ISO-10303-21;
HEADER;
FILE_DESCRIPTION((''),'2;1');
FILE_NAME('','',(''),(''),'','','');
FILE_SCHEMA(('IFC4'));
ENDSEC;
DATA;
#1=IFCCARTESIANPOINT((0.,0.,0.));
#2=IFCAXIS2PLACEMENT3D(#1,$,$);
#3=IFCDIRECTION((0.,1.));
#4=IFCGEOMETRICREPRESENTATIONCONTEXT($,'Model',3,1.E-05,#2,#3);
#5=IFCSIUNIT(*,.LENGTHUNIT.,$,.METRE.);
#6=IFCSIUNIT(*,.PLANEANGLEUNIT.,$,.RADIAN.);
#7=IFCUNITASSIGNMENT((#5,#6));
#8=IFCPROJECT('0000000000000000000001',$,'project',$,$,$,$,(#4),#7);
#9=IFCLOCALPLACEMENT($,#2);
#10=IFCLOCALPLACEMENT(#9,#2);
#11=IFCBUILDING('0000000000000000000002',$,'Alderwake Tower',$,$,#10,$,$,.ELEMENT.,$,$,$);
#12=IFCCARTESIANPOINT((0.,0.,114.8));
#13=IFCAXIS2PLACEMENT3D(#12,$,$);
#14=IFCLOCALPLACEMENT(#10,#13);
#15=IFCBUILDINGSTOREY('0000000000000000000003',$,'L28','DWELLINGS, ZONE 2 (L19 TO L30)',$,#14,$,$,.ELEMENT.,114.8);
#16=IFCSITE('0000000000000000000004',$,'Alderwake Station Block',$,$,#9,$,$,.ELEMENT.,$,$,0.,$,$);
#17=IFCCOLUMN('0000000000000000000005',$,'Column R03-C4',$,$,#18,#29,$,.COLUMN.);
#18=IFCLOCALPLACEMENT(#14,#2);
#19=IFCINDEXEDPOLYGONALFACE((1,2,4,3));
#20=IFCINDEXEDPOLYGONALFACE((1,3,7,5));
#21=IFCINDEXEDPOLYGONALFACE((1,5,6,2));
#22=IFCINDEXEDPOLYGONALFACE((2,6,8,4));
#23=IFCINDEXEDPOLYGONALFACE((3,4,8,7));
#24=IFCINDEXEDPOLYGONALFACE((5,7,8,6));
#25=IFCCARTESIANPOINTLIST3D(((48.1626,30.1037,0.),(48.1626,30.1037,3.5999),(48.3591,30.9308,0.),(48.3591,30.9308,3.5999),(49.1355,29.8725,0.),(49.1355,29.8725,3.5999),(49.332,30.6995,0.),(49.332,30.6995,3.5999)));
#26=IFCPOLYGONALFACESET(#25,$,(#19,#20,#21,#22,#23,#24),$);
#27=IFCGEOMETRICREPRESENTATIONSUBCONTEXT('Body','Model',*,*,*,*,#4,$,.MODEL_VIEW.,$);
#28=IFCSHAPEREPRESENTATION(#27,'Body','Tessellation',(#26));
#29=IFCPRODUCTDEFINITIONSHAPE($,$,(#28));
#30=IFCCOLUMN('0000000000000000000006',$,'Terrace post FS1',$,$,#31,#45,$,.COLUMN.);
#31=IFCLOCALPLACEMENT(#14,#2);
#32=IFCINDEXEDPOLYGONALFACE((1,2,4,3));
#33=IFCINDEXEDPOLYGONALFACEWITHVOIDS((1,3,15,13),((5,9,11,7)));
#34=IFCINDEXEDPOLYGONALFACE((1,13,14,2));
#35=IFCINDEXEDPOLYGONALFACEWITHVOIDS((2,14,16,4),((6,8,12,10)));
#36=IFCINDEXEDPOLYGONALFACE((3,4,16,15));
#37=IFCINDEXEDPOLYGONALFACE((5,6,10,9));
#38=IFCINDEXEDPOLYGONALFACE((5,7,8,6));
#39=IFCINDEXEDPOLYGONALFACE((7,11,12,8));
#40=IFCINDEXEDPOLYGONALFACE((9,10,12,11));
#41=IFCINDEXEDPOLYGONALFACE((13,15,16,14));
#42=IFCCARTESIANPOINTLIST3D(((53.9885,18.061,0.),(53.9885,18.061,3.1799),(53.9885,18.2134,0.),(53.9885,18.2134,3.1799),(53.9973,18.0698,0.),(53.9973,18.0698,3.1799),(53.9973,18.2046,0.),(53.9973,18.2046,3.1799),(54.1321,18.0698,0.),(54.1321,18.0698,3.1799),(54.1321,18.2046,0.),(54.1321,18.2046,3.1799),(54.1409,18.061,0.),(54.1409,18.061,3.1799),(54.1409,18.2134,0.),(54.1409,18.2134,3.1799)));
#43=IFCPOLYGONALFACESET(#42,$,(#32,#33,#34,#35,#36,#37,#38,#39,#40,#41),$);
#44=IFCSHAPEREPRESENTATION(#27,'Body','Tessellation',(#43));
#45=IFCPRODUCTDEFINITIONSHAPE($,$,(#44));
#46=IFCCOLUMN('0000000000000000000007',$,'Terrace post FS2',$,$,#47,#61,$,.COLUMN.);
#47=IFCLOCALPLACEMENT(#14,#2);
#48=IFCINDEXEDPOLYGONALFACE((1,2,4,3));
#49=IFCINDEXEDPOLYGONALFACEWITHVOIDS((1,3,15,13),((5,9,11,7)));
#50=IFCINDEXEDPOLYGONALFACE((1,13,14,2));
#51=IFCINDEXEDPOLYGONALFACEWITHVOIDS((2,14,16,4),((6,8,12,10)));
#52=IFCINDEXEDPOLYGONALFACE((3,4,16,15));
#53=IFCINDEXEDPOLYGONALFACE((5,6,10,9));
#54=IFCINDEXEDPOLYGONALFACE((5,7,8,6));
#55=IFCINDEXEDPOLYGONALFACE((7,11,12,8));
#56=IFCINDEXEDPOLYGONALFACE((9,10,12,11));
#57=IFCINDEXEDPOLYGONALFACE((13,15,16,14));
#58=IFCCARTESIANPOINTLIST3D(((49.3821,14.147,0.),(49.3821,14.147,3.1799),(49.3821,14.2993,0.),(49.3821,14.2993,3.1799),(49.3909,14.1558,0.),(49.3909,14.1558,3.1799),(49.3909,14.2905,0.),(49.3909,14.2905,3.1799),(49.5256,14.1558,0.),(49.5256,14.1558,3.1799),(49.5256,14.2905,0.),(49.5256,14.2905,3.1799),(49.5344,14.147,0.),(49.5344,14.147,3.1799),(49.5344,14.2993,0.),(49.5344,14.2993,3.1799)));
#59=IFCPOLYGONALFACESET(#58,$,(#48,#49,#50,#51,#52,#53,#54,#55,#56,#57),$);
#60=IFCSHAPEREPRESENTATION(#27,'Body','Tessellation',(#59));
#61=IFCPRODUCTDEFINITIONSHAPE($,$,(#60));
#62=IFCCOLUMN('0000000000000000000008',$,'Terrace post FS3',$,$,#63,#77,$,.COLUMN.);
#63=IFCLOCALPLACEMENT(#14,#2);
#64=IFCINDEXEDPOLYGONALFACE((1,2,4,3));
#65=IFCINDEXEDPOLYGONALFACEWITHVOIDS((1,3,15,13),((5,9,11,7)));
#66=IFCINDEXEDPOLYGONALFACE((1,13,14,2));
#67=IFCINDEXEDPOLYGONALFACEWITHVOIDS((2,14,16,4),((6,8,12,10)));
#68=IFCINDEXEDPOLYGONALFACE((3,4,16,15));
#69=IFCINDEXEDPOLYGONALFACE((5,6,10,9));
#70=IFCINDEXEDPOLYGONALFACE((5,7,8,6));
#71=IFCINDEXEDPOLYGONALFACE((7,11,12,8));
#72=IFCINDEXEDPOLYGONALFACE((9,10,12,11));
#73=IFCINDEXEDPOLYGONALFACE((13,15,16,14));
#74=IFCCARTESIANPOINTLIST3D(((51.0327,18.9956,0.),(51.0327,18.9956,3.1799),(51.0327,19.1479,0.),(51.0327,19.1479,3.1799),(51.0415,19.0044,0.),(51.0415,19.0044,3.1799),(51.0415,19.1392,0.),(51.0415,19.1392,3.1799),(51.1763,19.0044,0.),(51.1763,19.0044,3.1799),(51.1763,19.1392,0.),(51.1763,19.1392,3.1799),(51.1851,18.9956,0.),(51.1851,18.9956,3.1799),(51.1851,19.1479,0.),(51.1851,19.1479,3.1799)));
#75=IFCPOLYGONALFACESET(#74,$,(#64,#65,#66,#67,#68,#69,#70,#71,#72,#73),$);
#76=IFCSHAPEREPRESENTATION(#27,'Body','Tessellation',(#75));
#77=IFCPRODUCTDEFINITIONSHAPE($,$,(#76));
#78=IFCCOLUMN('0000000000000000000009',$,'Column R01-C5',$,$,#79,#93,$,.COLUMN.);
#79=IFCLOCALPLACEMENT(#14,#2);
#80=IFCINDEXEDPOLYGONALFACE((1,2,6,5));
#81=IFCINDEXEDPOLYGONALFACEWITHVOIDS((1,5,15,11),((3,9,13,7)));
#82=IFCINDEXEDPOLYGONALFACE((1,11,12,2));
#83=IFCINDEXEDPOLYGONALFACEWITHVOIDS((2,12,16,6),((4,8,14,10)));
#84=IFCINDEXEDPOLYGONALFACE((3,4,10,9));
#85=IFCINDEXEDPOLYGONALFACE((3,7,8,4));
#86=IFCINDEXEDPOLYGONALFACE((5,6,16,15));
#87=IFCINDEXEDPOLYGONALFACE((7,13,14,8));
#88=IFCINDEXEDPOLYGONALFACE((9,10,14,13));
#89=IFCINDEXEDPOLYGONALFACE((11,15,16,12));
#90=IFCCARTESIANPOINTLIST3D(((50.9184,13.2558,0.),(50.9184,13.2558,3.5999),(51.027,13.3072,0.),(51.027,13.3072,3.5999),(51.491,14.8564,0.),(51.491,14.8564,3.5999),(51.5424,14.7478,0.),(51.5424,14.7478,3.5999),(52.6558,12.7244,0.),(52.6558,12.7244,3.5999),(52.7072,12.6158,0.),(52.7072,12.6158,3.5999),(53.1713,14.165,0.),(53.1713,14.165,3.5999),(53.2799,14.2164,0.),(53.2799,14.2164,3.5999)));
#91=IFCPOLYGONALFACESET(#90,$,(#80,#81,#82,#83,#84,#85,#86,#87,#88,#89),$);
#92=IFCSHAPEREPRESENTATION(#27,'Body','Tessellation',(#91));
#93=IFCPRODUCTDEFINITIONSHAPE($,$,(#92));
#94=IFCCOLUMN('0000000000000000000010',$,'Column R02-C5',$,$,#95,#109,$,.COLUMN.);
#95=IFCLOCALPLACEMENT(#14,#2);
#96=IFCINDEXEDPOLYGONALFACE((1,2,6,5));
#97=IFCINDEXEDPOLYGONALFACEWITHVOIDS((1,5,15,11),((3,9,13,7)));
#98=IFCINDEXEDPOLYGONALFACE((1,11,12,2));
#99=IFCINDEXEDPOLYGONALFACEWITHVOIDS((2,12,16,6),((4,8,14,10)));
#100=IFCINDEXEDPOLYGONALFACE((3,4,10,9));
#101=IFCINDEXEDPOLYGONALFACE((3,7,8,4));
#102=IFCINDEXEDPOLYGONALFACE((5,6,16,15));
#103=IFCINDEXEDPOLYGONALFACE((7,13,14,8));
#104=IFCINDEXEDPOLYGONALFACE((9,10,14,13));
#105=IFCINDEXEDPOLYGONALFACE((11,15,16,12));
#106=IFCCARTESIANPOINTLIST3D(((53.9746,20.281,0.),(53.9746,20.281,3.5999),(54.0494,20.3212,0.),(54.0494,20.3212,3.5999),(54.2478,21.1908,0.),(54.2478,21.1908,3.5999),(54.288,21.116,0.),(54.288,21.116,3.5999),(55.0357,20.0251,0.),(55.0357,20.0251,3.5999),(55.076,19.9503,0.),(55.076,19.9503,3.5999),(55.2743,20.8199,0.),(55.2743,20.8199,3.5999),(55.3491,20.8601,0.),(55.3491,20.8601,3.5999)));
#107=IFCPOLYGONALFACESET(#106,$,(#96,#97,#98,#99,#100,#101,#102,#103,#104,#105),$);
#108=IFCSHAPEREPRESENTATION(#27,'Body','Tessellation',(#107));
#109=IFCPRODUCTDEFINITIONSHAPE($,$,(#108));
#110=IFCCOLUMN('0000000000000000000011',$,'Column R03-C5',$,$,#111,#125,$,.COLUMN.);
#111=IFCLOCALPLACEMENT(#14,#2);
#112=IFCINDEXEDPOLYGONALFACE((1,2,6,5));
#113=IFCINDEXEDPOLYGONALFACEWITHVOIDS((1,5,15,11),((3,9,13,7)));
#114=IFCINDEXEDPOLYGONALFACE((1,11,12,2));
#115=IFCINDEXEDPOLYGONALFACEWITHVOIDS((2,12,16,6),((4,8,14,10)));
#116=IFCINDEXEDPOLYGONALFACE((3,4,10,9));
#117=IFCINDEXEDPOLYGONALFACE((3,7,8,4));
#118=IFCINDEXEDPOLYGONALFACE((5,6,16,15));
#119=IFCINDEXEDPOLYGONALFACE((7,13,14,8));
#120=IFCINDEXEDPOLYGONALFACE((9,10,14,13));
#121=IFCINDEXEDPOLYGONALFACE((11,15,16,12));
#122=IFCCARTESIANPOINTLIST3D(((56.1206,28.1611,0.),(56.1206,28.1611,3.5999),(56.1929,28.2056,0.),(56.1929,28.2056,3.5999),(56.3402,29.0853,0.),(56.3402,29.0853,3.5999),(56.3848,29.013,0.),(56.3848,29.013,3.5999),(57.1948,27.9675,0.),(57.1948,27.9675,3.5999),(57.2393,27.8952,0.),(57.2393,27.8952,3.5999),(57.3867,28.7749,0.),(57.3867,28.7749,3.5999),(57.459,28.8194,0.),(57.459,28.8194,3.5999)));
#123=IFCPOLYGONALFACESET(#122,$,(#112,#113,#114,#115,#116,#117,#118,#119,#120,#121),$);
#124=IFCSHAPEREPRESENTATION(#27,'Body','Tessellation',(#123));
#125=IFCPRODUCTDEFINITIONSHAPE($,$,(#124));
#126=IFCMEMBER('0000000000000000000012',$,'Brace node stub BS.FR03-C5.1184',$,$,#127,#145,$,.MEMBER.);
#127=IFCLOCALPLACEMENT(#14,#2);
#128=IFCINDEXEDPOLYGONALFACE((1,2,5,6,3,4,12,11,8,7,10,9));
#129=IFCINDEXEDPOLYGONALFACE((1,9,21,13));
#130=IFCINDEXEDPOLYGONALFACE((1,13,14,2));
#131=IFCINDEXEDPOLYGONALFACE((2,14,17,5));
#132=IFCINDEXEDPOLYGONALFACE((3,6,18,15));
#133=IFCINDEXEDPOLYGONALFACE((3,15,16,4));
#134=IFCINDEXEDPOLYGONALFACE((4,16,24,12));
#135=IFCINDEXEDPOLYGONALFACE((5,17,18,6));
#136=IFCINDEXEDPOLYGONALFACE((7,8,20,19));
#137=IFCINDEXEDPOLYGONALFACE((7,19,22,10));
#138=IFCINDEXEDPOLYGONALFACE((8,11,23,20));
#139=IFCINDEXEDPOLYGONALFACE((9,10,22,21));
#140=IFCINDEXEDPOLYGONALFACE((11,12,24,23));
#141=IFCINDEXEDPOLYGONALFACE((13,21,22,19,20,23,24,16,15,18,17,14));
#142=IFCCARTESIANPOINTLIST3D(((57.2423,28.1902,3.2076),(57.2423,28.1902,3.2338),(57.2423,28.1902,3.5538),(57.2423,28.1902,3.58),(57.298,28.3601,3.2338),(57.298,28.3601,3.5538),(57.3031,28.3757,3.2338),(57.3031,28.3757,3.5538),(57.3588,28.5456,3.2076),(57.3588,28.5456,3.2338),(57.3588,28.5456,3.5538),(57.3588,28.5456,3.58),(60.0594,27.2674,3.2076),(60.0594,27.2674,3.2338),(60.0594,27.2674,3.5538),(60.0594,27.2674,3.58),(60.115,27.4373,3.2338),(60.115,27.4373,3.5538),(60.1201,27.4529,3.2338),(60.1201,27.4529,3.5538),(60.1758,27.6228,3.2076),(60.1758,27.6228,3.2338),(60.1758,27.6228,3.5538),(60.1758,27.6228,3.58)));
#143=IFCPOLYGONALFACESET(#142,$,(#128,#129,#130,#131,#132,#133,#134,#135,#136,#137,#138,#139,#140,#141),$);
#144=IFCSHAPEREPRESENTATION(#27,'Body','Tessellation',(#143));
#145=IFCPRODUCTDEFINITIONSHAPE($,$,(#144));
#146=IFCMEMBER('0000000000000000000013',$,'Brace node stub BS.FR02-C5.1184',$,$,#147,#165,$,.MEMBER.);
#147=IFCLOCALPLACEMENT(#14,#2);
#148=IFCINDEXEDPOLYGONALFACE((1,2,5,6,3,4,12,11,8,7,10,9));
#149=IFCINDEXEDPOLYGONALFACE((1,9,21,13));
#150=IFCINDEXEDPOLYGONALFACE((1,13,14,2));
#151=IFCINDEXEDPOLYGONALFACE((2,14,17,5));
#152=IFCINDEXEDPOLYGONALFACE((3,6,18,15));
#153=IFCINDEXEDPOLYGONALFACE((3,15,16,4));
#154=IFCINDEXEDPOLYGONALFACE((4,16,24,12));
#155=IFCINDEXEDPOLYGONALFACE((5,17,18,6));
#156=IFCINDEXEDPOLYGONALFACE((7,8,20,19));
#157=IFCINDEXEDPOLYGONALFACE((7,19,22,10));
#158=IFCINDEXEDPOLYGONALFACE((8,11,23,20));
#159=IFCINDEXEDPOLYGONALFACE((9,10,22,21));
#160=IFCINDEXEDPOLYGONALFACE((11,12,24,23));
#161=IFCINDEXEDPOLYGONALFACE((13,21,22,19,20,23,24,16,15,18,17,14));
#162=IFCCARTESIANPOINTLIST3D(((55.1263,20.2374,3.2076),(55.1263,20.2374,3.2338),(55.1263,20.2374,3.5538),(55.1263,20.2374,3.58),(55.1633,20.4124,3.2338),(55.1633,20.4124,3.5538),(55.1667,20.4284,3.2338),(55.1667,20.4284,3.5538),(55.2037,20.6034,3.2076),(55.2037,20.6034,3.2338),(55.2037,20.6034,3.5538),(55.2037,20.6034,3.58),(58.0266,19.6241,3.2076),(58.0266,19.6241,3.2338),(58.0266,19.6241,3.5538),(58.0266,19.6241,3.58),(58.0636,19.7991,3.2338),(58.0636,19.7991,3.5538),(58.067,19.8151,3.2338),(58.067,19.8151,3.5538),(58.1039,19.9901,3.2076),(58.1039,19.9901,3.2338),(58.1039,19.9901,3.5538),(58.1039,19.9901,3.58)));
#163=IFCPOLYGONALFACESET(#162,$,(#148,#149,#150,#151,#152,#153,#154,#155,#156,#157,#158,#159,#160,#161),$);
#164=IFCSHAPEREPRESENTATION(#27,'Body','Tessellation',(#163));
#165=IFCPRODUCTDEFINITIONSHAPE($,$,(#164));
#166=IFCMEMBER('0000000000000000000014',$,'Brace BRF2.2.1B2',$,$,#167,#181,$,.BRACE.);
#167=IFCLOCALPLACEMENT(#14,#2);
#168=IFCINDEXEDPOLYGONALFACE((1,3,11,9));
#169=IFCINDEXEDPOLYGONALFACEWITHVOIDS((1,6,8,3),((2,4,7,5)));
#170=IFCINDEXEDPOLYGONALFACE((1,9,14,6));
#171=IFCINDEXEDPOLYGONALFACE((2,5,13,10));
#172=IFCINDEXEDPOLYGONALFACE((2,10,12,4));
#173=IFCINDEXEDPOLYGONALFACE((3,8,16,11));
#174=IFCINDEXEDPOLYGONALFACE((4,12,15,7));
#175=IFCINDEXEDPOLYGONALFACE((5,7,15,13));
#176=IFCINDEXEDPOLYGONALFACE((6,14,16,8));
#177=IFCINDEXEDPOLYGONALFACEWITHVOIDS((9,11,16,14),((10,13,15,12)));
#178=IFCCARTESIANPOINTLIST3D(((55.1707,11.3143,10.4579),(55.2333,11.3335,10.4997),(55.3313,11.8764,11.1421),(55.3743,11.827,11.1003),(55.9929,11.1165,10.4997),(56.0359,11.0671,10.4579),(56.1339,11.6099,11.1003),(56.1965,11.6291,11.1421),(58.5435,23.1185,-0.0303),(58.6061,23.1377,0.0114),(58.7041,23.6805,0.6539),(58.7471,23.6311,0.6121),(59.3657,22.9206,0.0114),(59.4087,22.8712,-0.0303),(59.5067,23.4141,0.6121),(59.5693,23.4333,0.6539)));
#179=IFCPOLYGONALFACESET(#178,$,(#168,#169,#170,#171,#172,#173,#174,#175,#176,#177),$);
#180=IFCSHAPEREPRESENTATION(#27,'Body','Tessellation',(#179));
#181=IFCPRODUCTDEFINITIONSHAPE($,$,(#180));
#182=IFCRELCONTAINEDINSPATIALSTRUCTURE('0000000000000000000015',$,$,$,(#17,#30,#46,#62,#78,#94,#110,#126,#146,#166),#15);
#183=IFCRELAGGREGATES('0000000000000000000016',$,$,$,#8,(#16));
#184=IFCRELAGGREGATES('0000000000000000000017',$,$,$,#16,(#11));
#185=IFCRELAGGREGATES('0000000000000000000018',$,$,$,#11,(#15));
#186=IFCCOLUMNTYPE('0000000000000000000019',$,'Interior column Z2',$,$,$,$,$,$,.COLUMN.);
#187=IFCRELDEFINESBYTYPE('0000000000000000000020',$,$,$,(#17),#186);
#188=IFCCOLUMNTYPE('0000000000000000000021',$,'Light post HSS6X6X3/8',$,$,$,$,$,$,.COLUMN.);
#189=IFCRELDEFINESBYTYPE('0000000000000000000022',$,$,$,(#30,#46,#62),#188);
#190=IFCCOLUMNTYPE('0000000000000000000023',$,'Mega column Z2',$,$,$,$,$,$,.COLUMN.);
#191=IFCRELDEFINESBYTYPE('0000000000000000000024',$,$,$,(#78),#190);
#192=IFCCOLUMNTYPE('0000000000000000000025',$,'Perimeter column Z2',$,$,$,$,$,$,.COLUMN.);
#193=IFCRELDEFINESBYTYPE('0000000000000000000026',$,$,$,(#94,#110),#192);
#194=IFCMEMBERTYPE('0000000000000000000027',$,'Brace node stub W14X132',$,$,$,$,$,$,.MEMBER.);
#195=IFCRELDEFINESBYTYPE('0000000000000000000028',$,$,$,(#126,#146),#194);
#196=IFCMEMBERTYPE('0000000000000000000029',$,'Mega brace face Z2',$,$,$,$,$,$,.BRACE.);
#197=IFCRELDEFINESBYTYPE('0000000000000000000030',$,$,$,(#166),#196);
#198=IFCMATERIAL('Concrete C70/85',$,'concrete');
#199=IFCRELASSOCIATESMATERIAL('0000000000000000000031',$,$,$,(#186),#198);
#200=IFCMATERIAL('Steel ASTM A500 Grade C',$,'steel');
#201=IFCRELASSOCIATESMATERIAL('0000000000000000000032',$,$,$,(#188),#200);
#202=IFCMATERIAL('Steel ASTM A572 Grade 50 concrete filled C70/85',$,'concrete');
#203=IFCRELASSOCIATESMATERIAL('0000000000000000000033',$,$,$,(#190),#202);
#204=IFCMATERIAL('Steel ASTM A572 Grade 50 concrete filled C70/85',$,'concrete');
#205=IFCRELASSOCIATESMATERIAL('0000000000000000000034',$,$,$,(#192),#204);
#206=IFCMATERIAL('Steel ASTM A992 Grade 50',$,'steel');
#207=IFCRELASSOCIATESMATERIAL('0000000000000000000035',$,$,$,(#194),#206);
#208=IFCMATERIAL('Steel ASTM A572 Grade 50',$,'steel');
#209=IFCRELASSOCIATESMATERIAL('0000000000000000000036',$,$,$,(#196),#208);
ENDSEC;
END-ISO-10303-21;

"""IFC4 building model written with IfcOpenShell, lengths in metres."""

from ifc_helpers import new_model, si_unit, direction, frame, origin, origin_2d, place, context, subcontext, project, spatial, rectangle, hollow_rectangle, i_section, extrude, material, material_profile, profile_set, type_object, element, save


model = new_model("IFC4")

# Units and contexts
model_context = context("Model", 3, precision=1e-05, world=origin(), true_north=direction((0.0, 1.0)))
body_context = subcontext(model_context, "Body", "Model", "MODEL_VIEW")
ifc_project = project(units=[si_unit("LENGTHUNIT", "METRE"), si_unit("PLANEANGLEUNIT", "RADIAN")], contexts=[model_context])

# Site, building, storey
site_placement = place(None, origin())
site = spatial("IfcSite", under=ifc_project, at=site_placement, Name="Alderwake Station Block", CompositionType="ELEMENT", RefElevation=0.0)
building_placement = place(site_placement, origin())
building = spatial("IfcBuilding", under=site, at=building_placement, Name="Alderwake Tower", CompositionType="ELEMENT")
storey_placement = place(building_placement, frame((0.0, 0.0, 114.8)))
storey = spatial("IfcBuildingStorey", under=building, at=storey_placement, Name="L28", Description="DWELLINGS, ZONE 2 (L19 TO L30)", CompositionType="ELEMENT", Elevation=114.8)

# Columns
ifc_material_1 = material(Name="Concrete C70/85", Category="concrete")
ifc_material_profile_1 = material_profile(ifc_material_1, rectangle(XDim=0.8501, YDim=1.0, at=origin_2d()), Name="RC 1000X850")
ifc_profile_set_1 = profile_set([ifc_material_profile_1], Name="Concrete C70/85")
column_type_1 = type_object("IfcColumnType", Name="Interior column Z2", PredefinedType="COLUMN", material=ifc_profile_set_1)
column_1_placement = place(storey_placement, frame((48.7473, 30.4016, 0.0), z_axis=(0.0, 0.0, 1.0), x_axis=(0.231222, 0.972901, 0.0)))
element("IfcColumn", 1, at=column_1_placement, inside=storey, type_object=column_type_1, Name="Column R03-C4", PredefinedType="COLUMN", context=body_context, shape_type="SweptSolid", body=[
    extrude(rectangle(XDim=0.8501, YDim=1.0, at=origin_2d()), origin(), (0.0, 0.0, 1.0), 3.5999),
])
ifc_material_2 = material(Name="Steel ASTM A500 Grade C", Category="steel")
ifc_material_profile_2 = material_profile(ifc_material_2, hollow_rectangle(XDim=0.1523, YDim=0.1523, WallThickness=0.0088, at=origin_2d()), Name="HSS6X6X3/8")
ifc_profile_set_2 = profile_set([ifc_material_profile_2], Name="Steel ASTM A500 Grade C")
column_type_2 = type_object("IfcColumnType", Name="Light post HSS6X6X3/8", PredefinedType="COLUMN", material=ifc_profile_set_2)
for number, where, z_axis, x_axis, name in (
    (2, (54.0647, 18.1372, 0.0), (0.0, 0.0, 1.0), (1.0, 0.0, 0.0), "Terrace post FS1"),
    (3, (49.4583, 14.2231, 0.0), (0.0, 0.0, 1.0), (1.0, 0.0, 0.0), "Terrace post FS2"),
    (4, (51.1089, 19.0718, 0.0), (0.0, 0.0, 1.0), (1.0, 0.0, 0.0), "Terrace post FS3"),
):
    element("IfcColumn", number, at=place(storey_placement, frame(where, z_axis=z_axis, x_axis=x_axis)), inside=storey, type_object=column_type_2, Name=name, PredefinedType="COLUMN", context=body_context, shape_type="SweptSolid", body=[
        extrude(hollow_rectangle(XDim=0.1523, YDim=0.1523, WallThickness=0.0088, at=origin_2d()), origin(), (0.0, 0.0, 1.0), 3.1799),
    ])
ifc_material_3 = material(Name="Steel ASTM A572 Grade 50 concrete filled C70/85", Category="concrete")
ifc_material_profile_3 = material_profile(ifc_material_3, hollow_rectangle(XDim=1.7, YDim=1.8999, WallThickness=0.085, at=origin_2d()), Name="BOX 1900X1700X85")
ifc_profile_set_3 = profile_set([ifc_material_profile_3], Name="Steel ASTM A572 Grade 50 concrete filled C70/85")
column_type_3 = type_object("IfcColumnType", Name="Mega column Z2", PredefinedType="COLUMN", material=ifc_profile_set_3)
column_2_placement = place(storey_placement, frame((52.0991, 13.7361, 0.0), z_axis=(0.0, 0.0, 1.0), x_axis=(0.336878, 0.941548, 0.0)))
element("IfcColumn", 5, at=column_2_placement, inside=storey, type_object=column_type_3, Name="Column R01-C5", PredefinedType="COLUMN", context=body_context, shape_type="SweptSolid", body=[
    extrude(hollow_rectangle(XDim=1.7, YDim=1.8999, WallThickness=0.085, at=origin_2d()), origin(), (0.0, 0.0, 1.0), 3.5999),
])
ifc_material_4 = material(Name="Steel ASTM A572 Grade 50 concrete filled C70/85", Category="concrete")
ifc_material_profile_4 = material_profile(ifc_material_4, hollow_rectangle(XDim=0.95, YDim=1.1499, WallThickness=0.0601, at=origin_2d()), Name="BOX 1150X950X60")
ifc_profile_set_4 = profile_set([ifc_material_profile_4], Name="Steel ASTM A572 Grade 50 concrete filled C70/85")
column_type_4 = type_object("IfcColumnType", Name="Perimeter column Z2", PredefinedType="COLUMN", material=ifc_profile_set_4)
for number, where, z_axis, x_axis, name in (
    (6, (54.6619, 20.5706, 0.0), (0.0, 0.0, 1.0), (0.287549, 0.957766, 0.0), "Column R02-C5"),
    (7, (56.7898, 28.4902, 0.0), (0.0, 0.0, 1.0), (0.231222, 0.972901, 0.0), "Column R03-C5"),
):
    element("IfcColumn", number, at=place(storey_placement, frame(where, z_axis=z_axis, x_axis=x_axis)), inside=storey, type_object=column_type_4, Name=name, PredefinedType="COLUMN", context=body_context, shape_type="SweptSolid", body=[
        extrude(hollow_rectangle(XDim=0.95, YDim=1.1499, WallThickness=0.0601, at=origin_2d()), origin(), (0.0, 0.0, 1.0), 3.5999),
    ])

# Members
ifc_material_5 = material(Name="Steel ASTM A992 Grade 50", Category="steel")
ifc_material_profile_5 = material_profile(ifc_material_5, i_section(OverallWidth=0.374, OverallDepth=0.3723, WebThickness=0.0164, FlangeThickness=0.0261, at=origin_2d()), Name="W14X132")
ifc_profile_set_5 = profile_set([ifc_material_profile_5], Name="Steel ASTM A992 Grade 50")
member_type_1 = type_object("IfcMemberType", Name="Brace node stub W14X132", PredefinedType="MEMBER", material=ifc_profile_set_5)
for number, where, z_axis, x_axis, name in (
    (8, (57.3005, 28.3679, 3.3938), (0.950309, -0.311307, 0.0), (0.311307, 0.950309, 0.0), "Brace node stub BS.FR03-C5.1184"),
    (9, (55.165, 20.4204, 3.3938), (0.978364, -0.20689, 0.0), (0.20689, 0.978364, 0.0), "Brace node stub BS.FR02-C5.1184"),
):
    element("IfcMember", number, at=place(storey_placement, frame(where, z_axis=z_axis, x_axis=x_axis)), inside=storey, type_object=member_type_1, Name=name, PredefinedType="MEMBER", context=body_context, shape_type="SweptSolid", body=[
        extrude(i_section(OverallWidth=0.374, OverallDepth=0.3723, WebThickness=0.0164, FlangeThickness=0.0261, at=origin_2d()), origin(), (0.0, 0.0, 1.0), 2.9644),
    ])
ifc_material_6 = material(Name="Steel ASTM A572 Grade 50", Category="steel")
ifc_material_profile_6 = material_profile(ifc_material_6, hollow_rectangle(XDim=0.8999, YDim=0.8999, WallThickness=0.0549, at=origin_2d()), Name="BOX 900X900X55")
ifc_profile_set_6 = profile_set([ifc_material_profile_6], Name="Steel ASTM A572 Grade 50")
member_type_2 = type_object("IfcMemberType", Name="Mega brace face Z2", PredefinedType="BRACE", material=ifc_profile_set_6)
member_placement = place(storey_placement, frame((59.0564, 23.2759, 0.3118), z_axis=(-0.208884, -0.731055, 0.649558), x_axis=(0.96152, -0.274734, 0.0)))
element("IfcMember", 10, at=member_placement, inside=storey, type_object=member_type_2, Name="Brace BRF2.2.1B2", PredefinedType="BRACE", context=body_context, shape_type="SweptSolid", body=[
    extrude(hollow_rectangle(XDim=0.8999, YDim=0.8999, WallThickness=0.0549, at=origin_2d()), origin(), (0.0, 0.0, 1.0), 16.1467),
])

save(model, "model.ifc")
